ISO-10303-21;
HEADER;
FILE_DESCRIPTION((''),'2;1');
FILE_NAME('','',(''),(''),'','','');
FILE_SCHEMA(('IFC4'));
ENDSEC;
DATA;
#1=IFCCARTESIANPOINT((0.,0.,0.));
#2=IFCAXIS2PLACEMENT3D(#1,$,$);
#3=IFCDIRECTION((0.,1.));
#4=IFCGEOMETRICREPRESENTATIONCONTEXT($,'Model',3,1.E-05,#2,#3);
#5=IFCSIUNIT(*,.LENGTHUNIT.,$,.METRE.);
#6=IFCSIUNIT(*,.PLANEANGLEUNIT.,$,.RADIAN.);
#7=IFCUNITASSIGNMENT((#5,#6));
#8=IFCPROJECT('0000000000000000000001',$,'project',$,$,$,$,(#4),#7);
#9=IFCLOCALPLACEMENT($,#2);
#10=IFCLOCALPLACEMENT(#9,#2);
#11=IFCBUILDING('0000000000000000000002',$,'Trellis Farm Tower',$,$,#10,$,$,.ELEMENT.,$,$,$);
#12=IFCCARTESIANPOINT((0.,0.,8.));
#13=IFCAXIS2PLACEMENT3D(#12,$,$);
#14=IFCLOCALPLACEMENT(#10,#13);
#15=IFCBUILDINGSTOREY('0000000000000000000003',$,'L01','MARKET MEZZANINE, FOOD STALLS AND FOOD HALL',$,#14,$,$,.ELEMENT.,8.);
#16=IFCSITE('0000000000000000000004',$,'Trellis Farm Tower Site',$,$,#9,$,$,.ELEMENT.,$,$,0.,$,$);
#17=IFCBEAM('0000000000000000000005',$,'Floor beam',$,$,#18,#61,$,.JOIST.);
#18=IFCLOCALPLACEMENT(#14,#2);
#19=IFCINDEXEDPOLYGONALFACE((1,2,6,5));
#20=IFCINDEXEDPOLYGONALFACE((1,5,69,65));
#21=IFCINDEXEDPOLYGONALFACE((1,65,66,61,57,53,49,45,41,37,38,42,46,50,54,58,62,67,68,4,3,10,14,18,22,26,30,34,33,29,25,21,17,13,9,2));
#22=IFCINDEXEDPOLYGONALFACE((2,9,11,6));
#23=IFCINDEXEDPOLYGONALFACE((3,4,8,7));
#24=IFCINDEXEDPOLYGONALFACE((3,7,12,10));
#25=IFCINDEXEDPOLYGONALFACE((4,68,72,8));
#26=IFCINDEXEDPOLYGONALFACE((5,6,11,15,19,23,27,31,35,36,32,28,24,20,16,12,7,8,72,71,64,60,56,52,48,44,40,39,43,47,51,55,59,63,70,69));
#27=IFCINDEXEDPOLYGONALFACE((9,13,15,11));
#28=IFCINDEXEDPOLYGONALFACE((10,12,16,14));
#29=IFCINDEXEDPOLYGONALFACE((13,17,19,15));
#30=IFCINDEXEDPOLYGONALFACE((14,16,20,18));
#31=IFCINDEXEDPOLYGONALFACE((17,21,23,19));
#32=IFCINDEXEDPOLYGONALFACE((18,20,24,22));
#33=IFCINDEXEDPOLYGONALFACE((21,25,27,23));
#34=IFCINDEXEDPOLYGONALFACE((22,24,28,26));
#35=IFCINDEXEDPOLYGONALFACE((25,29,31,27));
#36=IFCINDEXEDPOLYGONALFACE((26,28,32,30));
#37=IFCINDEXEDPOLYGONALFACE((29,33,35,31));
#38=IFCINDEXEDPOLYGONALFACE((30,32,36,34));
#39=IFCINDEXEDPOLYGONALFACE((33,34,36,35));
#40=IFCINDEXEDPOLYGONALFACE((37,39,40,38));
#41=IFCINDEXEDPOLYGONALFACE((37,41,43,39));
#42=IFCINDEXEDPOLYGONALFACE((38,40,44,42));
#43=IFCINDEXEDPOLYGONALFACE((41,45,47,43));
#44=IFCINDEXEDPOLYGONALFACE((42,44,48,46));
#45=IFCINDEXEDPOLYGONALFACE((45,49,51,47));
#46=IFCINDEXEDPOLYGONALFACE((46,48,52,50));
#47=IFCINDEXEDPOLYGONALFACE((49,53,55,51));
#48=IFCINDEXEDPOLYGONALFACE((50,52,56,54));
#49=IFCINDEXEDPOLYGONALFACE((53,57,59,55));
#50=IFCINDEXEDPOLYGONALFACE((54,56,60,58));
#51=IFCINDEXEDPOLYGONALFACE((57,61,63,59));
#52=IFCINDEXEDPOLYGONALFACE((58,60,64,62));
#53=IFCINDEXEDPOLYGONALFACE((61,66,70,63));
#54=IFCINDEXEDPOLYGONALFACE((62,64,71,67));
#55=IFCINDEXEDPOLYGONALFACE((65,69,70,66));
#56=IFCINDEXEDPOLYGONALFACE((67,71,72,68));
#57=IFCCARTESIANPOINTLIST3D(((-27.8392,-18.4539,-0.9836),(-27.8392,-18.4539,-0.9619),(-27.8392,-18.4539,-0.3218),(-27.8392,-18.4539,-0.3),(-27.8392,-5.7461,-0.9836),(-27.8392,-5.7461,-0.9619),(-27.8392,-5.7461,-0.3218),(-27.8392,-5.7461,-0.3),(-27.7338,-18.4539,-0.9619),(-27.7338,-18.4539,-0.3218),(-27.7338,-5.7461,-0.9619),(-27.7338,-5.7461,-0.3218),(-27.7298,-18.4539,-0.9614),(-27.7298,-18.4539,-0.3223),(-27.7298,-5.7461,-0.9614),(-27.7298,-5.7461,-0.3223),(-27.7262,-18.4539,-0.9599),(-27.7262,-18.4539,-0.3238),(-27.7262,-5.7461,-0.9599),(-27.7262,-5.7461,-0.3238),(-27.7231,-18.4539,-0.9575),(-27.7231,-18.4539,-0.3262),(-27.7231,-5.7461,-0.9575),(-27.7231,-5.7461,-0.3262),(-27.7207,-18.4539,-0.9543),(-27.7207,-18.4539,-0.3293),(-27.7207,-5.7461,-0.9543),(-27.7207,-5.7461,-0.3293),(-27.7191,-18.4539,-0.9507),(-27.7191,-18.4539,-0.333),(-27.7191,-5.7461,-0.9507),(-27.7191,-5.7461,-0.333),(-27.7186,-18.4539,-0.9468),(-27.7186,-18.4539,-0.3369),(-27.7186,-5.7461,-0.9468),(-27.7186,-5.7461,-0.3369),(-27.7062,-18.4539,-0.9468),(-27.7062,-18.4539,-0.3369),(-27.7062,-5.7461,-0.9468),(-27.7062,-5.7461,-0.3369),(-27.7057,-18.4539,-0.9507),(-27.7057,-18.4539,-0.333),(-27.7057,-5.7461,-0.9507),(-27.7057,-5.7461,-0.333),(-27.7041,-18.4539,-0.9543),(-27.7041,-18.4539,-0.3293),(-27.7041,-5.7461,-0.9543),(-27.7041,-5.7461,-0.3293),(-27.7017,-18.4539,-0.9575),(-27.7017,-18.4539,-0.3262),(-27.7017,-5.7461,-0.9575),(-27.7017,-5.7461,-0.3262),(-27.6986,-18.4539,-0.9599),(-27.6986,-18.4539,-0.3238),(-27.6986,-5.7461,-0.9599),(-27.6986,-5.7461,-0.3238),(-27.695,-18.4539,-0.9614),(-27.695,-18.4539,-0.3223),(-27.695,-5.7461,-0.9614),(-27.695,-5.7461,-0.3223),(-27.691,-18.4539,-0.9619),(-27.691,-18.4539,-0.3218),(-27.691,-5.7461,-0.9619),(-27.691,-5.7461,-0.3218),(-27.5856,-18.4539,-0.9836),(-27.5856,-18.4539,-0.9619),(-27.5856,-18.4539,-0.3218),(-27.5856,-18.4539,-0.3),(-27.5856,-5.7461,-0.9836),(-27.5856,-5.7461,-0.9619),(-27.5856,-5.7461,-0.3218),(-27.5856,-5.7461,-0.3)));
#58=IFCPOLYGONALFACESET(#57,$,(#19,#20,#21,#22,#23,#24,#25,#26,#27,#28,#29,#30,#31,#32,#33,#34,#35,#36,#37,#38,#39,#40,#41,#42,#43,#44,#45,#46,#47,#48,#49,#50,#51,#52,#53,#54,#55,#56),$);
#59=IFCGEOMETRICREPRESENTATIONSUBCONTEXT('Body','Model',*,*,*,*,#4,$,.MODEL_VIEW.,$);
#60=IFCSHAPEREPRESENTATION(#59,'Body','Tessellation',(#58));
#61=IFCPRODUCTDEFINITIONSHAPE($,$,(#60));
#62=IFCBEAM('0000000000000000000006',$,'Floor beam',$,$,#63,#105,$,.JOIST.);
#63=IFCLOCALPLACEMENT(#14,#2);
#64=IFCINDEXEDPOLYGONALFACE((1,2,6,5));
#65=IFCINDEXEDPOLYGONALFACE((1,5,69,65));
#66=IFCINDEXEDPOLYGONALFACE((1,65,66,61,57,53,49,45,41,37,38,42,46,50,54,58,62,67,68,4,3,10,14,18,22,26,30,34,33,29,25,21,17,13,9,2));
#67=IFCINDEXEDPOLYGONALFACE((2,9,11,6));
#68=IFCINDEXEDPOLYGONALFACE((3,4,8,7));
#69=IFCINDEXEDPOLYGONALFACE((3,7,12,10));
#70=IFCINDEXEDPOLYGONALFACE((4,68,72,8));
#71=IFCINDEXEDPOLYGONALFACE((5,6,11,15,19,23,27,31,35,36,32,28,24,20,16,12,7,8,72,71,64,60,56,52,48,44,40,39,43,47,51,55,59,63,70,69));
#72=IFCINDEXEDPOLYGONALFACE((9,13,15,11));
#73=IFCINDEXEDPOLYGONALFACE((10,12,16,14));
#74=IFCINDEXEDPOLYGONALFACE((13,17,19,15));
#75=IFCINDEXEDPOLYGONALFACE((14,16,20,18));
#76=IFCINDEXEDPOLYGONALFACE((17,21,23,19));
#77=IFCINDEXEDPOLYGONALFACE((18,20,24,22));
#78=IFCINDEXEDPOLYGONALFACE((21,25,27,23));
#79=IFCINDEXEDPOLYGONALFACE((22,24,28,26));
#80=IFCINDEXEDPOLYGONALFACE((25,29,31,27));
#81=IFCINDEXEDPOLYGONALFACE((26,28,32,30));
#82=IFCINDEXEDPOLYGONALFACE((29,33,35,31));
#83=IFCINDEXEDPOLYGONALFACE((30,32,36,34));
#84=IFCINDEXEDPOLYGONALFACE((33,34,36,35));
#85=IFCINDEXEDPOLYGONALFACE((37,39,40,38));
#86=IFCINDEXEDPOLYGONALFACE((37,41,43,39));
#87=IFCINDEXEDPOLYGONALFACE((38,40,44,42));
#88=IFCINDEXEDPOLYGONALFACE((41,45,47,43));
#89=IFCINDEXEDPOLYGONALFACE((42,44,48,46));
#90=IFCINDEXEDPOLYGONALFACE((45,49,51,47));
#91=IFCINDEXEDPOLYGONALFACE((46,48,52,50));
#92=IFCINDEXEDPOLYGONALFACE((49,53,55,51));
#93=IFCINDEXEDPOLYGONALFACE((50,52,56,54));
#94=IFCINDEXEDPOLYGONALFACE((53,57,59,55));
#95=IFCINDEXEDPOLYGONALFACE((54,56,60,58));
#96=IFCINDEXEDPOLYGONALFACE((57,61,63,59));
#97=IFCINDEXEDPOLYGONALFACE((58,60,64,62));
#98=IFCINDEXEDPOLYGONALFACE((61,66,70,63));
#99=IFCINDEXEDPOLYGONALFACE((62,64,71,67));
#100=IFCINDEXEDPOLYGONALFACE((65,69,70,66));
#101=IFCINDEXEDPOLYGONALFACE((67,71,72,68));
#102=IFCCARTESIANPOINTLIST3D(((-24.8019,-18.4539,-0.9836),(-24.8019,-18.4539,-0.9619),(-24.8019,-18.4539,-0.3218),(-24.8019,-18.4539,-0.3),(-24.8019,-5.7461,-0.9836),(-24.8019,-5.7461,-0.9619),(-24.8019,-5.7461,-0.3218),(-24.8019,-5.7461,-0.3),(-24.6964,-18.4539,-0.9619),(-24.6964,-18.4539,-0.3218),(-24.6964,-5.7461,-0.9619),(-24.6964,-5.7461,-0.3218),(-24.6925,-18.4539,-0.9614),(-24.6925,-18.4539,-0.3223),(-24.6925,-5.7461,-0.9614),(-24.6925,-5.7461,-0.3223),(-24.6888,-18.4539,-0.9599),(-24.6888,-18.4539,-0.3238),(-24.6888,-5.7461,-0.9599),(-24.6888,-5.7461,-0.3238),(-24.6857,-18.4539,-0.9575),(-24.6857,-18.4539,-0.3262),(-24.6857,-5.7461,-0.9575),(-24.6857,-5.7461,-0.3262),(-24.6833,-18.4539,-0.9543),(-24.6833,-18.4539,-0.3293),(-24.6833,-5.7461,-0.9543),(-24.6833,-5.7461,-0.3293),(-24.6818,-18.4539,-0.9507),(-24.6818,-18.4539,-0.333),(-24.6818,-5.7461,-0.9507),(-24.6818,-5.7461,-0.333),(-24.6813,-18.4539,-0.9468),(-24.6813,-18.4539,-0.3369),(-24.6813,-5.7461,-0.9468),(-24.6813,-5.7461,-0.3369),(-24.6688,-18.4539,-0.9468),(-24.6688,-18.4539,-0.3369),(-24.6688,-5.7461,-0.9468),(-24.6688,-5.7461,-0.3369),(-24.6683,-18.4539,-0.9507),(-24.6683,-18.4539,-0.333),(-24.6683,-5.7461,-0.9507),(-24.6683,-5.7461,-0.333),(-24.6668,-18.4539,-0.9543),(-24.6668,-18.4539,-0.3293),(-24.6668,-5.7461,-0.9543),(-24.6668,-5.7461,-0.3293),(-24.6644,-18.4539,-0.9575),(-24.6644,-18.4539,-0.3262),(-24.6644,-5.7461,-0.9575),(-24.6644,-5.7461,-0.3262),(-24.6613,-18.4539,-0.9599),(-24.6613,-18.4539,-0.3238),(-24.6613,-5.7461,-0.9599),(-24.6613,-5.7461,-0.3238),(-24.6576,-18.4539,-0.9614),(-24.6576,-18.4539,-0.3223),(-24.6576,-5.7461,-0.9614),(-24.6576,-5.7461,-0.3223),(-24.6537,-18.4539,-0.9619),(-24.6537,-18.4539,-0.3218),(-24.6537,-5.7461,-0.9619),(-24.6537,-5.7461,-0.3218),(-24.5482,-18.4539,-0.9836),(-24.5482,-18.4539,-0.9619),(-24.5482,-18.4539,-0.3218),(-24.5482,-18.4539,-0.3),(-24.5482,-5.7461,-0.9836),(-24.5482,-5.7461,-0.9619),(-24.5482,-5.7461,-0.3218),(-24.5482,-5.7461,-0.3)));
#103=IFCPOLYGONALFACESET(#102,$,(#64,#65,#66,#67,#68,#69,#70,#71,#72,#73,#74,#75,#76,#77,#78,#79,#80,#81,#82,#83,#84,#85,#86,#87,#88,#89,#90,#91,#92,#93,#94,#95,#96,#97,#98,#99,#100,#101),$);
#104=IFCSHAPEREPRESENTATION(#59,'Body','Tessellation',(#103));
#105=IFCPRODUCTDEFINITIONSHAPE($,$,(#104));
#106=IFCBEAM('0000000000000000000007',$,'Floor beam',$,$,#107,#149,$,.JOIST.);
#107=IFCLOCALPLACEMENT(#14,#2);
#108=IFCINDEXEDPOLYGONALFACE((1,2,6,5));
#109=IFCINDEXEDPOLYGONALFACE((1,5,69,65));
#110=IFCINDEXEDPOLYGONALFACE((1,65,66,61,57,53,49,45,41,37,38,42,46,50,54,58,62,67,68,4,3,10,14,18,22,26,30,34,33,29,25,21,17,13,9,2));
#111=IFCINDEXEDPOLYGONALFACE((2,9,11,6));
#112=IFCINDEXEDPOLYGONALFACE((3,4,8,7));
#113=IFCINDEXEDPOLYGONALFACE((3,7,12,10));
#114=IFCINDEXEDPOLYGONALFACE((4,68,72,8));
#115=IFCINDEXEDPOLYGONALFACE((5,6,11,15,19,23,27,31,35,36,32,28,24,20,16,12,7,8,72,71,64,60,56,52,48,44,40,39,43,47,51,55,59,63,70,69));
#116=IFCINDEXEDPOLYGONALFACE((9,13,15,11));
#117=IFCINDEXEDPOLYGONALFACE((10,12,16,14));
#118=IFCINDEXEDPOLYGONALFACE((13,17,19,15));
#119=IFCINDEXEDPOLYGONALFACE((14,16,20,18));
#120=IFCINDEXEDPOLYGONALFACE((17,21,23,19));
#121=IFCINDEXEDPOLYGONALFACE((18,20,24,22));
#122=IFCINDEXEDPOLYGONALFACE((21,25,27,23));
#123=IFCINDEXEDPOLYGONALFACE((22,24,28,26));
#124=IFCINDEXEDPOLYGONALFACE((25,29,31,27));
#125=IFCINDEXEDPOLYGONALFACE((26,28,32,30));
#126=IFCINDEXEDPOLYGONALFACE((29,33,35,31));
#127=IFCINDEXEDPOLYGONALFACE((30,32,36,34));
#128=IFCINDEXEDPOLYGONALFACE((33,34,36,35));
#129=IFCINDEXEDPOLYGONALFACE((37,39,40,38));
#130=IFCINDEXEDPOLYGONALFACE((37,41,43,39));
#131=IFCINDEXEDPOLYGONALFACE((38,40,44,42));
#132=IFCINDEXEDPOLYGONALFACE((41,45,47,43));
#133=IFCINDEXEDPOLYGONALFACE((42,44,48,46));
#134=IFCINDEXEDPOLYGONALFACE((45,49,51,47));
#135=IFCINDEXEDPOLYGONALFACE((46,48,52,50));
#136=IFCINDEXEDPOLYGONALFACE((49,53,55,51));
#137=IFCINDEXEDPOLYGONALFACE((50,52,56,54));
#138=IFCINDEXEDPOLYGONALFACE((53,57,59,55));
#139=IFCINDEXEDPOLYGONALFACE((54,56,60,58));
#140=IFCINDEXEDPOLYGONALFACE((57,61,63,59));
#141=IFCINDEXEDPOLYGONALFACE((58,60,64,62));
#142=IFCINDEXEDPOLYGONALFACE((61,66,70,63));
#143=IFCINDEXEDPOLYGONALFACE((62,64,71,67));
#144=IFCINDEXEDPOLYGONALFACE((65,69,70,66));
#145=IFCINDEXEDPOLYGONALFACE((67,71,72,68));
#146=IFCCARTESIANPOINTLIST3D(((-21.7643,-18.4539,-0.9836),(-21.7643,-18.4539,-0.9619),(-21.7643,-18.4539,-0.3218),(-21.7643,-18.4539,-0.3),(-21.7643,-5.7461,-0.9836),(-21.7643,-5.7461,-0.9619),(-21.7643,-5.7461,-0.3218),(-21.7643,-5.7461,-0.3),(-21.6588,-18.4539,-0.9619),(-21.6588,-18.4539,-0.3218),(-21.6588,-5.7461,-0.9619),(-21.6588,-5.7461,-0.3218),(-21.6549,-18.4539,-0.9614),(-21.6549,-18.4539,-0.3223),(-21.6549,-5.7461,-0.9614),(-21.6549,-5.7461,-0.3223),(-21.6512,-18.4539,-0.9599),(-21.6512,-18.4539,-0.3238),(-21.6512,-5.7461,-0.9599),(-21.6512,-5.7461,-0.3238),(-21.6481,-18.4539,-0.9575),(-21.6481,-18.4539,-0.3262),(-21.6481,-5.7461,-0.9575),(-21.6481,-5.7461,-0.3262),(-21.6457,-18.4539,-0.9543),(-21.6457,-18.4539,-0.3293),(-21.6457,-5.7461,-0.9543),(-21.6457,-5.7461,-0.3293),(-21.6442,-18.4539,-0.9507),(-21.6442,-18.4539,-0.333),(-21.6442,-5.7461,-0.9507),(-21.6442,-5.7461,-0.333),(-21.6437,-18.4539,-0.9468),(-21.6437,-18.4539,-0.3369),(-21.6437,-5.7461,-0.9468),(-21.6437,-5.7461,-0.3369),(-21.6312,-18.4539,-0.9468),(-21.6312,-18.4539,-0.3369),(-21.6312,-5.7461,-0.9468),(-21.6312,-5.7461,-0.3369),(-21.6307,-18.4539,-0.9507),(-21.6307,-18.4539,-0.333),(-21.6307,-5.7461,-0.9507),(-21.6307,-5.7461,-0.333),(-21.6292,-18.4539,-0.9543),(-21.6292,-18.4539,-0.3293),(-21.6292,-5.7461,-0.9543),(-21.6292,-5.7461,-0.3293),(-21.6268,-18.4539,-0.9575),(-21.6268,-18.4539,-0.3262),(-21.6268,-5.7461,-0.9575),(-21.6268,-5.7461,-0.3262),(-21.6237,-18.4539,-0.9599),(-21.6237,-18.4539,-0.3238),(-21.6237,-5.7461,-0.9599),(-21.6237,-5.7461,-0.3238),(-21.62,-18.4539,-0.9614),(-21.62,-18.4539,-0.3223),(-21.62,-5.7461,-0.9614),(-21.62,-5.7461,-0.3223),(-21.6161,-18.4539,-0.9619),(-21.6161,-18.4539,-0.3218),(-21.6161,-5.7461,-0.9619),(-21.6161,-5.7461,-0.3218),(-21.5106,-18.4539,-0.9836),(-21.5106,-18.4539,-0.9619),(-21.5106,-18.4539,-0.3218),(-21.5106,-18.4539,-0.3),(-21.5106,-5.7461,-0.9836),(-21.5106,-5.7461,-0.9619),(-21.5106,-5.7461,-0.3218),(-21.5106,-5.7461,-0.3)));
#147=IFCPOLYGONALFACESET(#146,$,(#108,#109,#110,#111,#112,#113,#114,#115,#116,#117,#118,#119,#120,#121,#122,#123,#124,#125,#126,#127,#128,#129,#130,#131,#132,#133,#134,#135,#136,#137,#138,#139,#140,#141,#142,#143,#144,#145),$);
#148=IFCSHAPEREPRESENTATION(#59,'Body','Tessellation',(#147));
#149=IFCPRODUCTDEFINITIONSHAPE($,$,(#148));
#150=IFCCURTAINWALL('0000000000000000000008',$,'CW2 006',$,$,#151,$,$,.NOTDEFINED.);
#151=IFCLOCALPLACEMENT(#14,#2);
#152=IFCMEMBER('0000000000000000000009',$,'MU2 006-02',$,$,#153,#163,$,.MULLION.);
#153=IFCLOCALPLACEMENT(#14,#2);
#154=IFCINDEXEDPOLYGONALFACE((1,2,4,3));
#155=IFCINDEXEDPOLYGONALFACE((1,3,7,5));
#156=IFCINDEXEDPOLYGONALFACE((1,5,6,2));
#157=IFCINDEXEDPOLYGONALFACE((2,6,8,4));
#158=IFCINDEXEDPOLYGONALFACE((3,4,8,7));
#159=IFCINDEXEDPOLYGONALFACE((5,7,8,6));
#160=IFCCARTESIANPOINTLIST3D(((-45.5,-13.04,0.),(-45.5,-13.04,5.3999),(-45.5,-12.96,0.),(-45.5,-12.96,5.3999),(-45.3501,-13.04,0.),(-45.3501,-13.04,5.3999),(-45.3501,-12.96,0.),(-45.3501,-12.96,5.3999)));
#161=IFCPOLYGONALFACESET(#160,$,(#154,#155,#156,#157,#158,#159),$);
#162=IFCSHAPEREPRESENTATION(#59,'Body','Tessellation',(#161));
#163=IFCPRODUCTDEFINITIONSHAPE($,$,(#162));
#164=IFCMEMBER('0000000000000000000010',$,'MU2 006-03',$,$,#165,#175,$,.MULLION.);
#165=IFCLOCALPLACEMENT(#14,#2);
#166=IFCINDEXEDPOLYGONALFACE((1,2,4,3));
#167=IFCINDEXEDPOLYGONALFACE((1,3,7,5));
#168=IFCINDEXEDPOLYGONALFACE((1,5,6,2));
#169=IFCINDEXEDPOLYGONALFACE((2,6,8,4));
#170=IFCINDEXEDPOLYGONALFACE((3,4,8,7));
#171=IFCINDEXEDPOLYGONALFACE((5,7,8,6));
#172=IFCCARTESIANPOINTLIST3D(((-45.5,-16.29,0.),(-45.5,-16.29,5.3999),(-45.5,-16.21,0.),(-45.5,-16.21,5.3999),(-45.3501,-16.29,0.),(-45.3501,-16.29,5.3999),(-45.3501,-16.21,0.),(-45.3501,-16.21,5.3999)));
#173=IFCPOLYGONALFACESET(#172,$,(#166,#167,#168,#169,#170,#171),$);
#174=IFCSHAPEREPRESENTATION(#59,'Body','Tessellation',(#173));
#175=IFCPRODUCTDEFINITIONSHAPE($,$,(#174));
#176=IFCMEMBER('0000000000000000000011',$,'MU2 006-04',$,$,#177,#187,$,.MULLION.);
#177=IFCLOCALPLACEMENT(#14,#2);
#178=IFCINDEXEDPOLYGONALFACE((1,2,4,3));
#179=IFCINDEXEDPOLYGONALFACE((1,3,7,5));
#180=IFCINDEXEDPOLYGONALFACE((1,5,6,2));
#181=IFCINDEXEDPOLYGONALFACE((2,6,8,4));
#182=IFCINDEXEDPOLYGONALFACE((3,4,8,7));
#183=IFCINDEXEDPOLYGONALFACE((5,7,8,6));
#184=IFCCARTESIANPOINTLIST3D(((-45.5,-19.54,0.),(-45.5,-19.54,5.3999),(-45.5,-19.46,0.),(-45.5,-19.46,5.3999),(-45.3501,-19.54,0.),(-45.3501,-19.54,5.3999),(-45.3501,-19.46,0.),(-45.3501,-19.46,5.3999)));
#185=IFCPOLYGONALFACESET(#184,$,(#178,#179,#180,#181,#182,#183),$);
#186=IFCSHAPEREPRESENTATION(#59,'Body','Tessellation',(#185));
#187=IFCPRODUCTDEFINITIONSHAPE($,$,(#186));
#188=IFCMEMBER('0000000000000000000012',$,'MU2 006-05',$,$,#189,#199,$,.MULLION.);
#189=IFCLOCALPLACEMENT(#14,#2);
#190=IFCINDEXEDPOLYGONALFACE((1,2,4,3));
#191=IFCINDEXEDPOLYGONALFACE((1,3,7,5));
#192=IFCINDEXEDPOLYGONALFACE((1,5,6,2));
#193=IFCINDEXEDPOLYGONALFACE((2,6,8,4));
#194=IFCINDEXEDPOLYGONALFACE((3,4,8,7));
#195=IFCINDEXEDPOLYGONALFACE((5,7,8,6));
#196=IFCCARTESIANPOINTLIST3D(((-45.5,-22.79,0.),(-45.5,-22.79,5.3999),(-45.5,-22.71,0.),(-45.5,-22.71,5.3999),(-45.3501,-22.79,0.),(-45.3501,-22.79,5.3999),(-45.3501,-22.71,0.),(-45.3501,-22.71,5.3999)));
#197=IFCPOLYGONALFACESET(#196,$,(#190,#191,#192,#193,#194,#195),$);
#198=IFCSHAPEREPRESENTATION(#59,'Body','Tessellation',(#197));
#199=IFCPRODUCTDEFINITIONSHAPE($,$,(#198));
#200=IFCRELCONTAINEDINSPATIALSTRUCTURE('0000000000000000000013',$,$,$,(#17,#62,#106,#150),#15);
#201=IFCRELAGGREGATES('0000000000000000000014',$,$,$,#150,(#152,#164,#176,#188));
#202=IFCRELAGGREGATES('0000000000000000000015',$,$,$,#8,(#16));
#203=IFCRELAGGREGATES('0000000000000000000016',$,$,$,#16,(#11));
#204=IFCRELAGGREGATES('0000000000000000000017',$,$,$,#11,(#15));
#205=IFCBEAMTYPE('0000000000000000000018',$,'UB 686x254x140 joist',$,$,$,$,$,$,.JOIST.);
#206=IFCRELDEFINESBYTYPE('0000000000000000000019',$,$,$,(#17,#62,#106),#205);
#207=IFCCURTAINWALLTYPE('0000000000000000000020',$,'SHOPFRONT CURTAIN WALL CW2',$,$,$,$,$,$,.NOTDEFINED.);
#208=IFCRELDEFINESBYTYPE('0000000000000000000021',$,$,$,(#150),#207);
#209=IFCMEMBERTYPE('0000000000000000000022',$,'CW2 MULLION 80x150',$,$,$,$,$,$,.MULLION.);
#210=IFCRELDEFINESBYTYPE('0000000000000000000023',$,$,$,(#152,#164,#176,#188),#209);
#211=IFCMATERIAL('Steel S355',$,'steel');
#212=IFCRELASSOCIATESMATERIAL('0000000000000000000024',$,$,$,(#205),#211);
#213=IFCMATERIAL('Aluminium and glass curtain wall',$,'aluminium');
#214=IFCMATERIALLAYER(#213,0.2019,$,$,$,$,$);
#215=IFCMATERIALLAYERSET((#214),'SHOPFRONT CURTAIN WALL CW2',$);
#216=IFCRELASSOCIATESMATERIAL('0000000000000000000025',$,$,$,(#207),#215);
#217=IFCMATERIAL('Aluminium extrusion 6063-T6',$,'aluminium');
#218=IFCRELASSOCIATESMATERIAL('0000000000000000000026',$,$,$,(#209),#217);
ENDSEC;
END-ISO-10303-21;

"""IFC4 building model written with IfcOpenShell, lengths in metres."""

from ifc_helpers import new_model, si_unit, direction, frame, origin, origin_2d, place, context, subcontext, project, spatial, rectangle, i_section, extrude, source, transform, mapped, material, layer, layer_set, material_profile, profile_set, type_object, element, aggregate, save


model = new_model("IFC4")

# Units and contexts
model_context = context("Model", 3, precision=1e-05, world=origin(), true_north=direction((0.0, 1.0)))
body_context = subcontext(model_context, "Body", "Model", "MODEL_VIEW")
ifc_project = project(units=[si_unit("LENGTHUNIT", "METRE"), si_unit("PLANEANGLEUNIT", "RADIAN")], contexts=[model_context])

# Site, building, storey
site_placement = place(None, origin())
site = spatial("IfcSite", under=ifc_project, at=site_placement, Name="Trellis Farm Tower Site", CompositionType="ELEMENT", RefElevation=0.0)
building_placement = place(site_placement, origin())
building = spatial("IfcBuilding", under=site, at=building_placement, Name="Trellis Farm Tower", CompositionType="ELEMENT")
storey_placement = place(building_placement, frame((0.0, 0.0, 8.0)))
storey = spatial("IfcBuildingStorey", under=building, at=storey_placement, Name="L01", Description="MARKET MEZZANINE, FOOD STALLS AND FOOD HALL", CompositionType="ELEMENT", Elevation=8.0)

# Beams
ifc_material_1 = material(Name="Steel S355", Category="steel")
ifc_material_profile_1 = material_profile(ifc_material_1, i_section(OverallWidth=0.2537, OverallDepth=0.6836, WebThickness=0.0125, FlangeThickness=0.0217, FilletRadius=0.0151, at=origin_2d()), Name="UB 686x254x140")
ifc_profile_set_1 = profile_set([ifc_material_profile_1], Name="Steel S355")
beam_type_1 = type_object("IfcBeamType", Name="UB 686x254x140 joist", PredefinedType="JOIST", material=ifc_profile_set_1)
shared_shape_1 = source(origin(), body_context, "Body", "SweptSolid", [
    extrude(i_section(OverallWidth=0.2537, OverallDepth=0.6836, WebThickness=0.0125, FlangeThickness=0.0217, FilletRadius=0.0151, at=origin_2d()), origin(), (0.0, 0.0, 1.0), 12.7078),
])
for number, where, z_axis, x_axis, name in (
    (1, (-27.7124, -18.4539, -0.6418), (0.0, 1.0, 0.0), (-1.0, 0.0, 0.0), "Floor beam"),
    (2, (-24.675, -18.4539, -0.6418), (0.0, 1.0, 0.0), (-1.0, 0.0, 0.0), "Floor beam"),
    (3, (-21.6375, -18.4539, -0.6418), (0.0, 1.0, 0.0), (-1.0, 0.0, 0.0), "Floor beam"),
):
    element("IfcBeam", number, at=place(storey_placement, frame(where, z_axis=z_axis, x_axis=x_axis)), inside=storey, type_object=beam_type_1, Name=name, PredefinedType="JOIST", context=body_context, shape_type="MappedRepresentation", body=[
        mapped(shared_shape_1, transform((0.0, 0.0, 0.0))),
    ])

# Curtain wall, members
ifc_material_2 = material(Name="Aluminium and glass curtain wall", Category="aluminium")
ifc_layer_1 = layer(ifc_material_2, 0.2019)
ifc_layer_set_1 = layer_set([ifc_layer_1], Name="SHOPFRONT CURTAIN WALL CW2")
curtain_wall_type = type_object("IfcCurtainWallType", Name="SHOPFRONT CURTAIN WALL CW2", PredefinedType="NOTDEFINED", material=ifc_layer_set_1)
placement = place(storey_placement, origin())
curtain_wall = element("IfcCurtainWall", 4, at=placement, inside=storey, type_object=curtain_wall_type, Name="CW2 006", PredefinedType="NOTDEFINED")
ifc_material_3 = material(Name="Aluminium extrusion 6063-T6", Category="aluminium")
ifc_material_profile_2 = material_profile(ifc_material_3, rectangle(XDim=0.0801, YDim=0.1499, at=origin_2d()), Name="MULLION 80x150")
ifc_profile_set_2 = profile_set([ifc_material_profile_2], Name="Aluminium extrusion 6063-T6")
member_type = type_object("IfcMemberType", Name="CW2 MULLION 80x150", PredefinedType="MULLION", material=ifc_profile_set_2)
shared_shape_2 = source(origin(), body_context, "Body", "SweptSolid", [
    extrude(rectangle(XDim=0.0801, YDim=0.1499, at=origin_2d()), origin(), (0.0, 0.0, 1.0), 5.3999),
])
member_1_placement = place(storey_placement, frame((-45.425, -13.0, 0.0), z_axis=(0.0, 0.0, 1.0), x_axis=(0.0, -1.0, 0.0)))
member_1 = element("IfcMember", 5, at=member_1_placement, type_object=member_type, Name="MU2 006-02", PredefinedType="MULLION", context=body_context, shape_type="MappedRepresentation", body=[
    mapped(shared_shape_2, transform((0.0, 0.0, 0.0))),
])
member_2_placement = place(storey_placement, frame((-45.425, -16.25, 0.0), z_axis=(0.0, 0.0, 1.0), x_axis=(0.0, -1.0, 0.0)))
member_2 = element("IfcMember", 6, at=member_2_placement, type_object=member_type, Name="MU2 006-03", PredefinedType="MULLION", context=body_context, shape_type="MappedRepresentation", body=[
    mapped(shared_shape_2, transform((0.0, 0.0, 0.0))),
])
member_3_placement = place(storey_placement, frame((-45.425, -19.5, 0.0), z_axis=(0.0, 0.0, 1.0), x_axis=(0.0, -1.0, 0.0)))
member_3 = element("IfcMember", 7, at=member_3_placement, type_object=member_type, Name="MU2 006-04", PredefinedType="MULLION", context=body_context, shape_type="MappedRepresentation", body=[
    mapped(shared_shape_2, transform((0.0, 0.0, 0.0))),
])
member_4_placement = place(storey_placement, frame((-45.425, -22.75, 0.0), z_axis=(0.0, 0.0, 1.0), x_axis=(0.0, -1.0, 0.0)))
member_4 = element("IfcMember", 8, at=member_4_placement, type_object=member_type, Name="MU2 006-05", PredefinedType="MULLION", context=body_context, shape_type="MappedRepresentation", body=[
    mapped(shared_shape_2, transform((0.0, 0.0, 0.0))),
])
aggregate(curtain_wall, [member_1, member_2, member_3, member_4])

save(model, "model.ifc")
